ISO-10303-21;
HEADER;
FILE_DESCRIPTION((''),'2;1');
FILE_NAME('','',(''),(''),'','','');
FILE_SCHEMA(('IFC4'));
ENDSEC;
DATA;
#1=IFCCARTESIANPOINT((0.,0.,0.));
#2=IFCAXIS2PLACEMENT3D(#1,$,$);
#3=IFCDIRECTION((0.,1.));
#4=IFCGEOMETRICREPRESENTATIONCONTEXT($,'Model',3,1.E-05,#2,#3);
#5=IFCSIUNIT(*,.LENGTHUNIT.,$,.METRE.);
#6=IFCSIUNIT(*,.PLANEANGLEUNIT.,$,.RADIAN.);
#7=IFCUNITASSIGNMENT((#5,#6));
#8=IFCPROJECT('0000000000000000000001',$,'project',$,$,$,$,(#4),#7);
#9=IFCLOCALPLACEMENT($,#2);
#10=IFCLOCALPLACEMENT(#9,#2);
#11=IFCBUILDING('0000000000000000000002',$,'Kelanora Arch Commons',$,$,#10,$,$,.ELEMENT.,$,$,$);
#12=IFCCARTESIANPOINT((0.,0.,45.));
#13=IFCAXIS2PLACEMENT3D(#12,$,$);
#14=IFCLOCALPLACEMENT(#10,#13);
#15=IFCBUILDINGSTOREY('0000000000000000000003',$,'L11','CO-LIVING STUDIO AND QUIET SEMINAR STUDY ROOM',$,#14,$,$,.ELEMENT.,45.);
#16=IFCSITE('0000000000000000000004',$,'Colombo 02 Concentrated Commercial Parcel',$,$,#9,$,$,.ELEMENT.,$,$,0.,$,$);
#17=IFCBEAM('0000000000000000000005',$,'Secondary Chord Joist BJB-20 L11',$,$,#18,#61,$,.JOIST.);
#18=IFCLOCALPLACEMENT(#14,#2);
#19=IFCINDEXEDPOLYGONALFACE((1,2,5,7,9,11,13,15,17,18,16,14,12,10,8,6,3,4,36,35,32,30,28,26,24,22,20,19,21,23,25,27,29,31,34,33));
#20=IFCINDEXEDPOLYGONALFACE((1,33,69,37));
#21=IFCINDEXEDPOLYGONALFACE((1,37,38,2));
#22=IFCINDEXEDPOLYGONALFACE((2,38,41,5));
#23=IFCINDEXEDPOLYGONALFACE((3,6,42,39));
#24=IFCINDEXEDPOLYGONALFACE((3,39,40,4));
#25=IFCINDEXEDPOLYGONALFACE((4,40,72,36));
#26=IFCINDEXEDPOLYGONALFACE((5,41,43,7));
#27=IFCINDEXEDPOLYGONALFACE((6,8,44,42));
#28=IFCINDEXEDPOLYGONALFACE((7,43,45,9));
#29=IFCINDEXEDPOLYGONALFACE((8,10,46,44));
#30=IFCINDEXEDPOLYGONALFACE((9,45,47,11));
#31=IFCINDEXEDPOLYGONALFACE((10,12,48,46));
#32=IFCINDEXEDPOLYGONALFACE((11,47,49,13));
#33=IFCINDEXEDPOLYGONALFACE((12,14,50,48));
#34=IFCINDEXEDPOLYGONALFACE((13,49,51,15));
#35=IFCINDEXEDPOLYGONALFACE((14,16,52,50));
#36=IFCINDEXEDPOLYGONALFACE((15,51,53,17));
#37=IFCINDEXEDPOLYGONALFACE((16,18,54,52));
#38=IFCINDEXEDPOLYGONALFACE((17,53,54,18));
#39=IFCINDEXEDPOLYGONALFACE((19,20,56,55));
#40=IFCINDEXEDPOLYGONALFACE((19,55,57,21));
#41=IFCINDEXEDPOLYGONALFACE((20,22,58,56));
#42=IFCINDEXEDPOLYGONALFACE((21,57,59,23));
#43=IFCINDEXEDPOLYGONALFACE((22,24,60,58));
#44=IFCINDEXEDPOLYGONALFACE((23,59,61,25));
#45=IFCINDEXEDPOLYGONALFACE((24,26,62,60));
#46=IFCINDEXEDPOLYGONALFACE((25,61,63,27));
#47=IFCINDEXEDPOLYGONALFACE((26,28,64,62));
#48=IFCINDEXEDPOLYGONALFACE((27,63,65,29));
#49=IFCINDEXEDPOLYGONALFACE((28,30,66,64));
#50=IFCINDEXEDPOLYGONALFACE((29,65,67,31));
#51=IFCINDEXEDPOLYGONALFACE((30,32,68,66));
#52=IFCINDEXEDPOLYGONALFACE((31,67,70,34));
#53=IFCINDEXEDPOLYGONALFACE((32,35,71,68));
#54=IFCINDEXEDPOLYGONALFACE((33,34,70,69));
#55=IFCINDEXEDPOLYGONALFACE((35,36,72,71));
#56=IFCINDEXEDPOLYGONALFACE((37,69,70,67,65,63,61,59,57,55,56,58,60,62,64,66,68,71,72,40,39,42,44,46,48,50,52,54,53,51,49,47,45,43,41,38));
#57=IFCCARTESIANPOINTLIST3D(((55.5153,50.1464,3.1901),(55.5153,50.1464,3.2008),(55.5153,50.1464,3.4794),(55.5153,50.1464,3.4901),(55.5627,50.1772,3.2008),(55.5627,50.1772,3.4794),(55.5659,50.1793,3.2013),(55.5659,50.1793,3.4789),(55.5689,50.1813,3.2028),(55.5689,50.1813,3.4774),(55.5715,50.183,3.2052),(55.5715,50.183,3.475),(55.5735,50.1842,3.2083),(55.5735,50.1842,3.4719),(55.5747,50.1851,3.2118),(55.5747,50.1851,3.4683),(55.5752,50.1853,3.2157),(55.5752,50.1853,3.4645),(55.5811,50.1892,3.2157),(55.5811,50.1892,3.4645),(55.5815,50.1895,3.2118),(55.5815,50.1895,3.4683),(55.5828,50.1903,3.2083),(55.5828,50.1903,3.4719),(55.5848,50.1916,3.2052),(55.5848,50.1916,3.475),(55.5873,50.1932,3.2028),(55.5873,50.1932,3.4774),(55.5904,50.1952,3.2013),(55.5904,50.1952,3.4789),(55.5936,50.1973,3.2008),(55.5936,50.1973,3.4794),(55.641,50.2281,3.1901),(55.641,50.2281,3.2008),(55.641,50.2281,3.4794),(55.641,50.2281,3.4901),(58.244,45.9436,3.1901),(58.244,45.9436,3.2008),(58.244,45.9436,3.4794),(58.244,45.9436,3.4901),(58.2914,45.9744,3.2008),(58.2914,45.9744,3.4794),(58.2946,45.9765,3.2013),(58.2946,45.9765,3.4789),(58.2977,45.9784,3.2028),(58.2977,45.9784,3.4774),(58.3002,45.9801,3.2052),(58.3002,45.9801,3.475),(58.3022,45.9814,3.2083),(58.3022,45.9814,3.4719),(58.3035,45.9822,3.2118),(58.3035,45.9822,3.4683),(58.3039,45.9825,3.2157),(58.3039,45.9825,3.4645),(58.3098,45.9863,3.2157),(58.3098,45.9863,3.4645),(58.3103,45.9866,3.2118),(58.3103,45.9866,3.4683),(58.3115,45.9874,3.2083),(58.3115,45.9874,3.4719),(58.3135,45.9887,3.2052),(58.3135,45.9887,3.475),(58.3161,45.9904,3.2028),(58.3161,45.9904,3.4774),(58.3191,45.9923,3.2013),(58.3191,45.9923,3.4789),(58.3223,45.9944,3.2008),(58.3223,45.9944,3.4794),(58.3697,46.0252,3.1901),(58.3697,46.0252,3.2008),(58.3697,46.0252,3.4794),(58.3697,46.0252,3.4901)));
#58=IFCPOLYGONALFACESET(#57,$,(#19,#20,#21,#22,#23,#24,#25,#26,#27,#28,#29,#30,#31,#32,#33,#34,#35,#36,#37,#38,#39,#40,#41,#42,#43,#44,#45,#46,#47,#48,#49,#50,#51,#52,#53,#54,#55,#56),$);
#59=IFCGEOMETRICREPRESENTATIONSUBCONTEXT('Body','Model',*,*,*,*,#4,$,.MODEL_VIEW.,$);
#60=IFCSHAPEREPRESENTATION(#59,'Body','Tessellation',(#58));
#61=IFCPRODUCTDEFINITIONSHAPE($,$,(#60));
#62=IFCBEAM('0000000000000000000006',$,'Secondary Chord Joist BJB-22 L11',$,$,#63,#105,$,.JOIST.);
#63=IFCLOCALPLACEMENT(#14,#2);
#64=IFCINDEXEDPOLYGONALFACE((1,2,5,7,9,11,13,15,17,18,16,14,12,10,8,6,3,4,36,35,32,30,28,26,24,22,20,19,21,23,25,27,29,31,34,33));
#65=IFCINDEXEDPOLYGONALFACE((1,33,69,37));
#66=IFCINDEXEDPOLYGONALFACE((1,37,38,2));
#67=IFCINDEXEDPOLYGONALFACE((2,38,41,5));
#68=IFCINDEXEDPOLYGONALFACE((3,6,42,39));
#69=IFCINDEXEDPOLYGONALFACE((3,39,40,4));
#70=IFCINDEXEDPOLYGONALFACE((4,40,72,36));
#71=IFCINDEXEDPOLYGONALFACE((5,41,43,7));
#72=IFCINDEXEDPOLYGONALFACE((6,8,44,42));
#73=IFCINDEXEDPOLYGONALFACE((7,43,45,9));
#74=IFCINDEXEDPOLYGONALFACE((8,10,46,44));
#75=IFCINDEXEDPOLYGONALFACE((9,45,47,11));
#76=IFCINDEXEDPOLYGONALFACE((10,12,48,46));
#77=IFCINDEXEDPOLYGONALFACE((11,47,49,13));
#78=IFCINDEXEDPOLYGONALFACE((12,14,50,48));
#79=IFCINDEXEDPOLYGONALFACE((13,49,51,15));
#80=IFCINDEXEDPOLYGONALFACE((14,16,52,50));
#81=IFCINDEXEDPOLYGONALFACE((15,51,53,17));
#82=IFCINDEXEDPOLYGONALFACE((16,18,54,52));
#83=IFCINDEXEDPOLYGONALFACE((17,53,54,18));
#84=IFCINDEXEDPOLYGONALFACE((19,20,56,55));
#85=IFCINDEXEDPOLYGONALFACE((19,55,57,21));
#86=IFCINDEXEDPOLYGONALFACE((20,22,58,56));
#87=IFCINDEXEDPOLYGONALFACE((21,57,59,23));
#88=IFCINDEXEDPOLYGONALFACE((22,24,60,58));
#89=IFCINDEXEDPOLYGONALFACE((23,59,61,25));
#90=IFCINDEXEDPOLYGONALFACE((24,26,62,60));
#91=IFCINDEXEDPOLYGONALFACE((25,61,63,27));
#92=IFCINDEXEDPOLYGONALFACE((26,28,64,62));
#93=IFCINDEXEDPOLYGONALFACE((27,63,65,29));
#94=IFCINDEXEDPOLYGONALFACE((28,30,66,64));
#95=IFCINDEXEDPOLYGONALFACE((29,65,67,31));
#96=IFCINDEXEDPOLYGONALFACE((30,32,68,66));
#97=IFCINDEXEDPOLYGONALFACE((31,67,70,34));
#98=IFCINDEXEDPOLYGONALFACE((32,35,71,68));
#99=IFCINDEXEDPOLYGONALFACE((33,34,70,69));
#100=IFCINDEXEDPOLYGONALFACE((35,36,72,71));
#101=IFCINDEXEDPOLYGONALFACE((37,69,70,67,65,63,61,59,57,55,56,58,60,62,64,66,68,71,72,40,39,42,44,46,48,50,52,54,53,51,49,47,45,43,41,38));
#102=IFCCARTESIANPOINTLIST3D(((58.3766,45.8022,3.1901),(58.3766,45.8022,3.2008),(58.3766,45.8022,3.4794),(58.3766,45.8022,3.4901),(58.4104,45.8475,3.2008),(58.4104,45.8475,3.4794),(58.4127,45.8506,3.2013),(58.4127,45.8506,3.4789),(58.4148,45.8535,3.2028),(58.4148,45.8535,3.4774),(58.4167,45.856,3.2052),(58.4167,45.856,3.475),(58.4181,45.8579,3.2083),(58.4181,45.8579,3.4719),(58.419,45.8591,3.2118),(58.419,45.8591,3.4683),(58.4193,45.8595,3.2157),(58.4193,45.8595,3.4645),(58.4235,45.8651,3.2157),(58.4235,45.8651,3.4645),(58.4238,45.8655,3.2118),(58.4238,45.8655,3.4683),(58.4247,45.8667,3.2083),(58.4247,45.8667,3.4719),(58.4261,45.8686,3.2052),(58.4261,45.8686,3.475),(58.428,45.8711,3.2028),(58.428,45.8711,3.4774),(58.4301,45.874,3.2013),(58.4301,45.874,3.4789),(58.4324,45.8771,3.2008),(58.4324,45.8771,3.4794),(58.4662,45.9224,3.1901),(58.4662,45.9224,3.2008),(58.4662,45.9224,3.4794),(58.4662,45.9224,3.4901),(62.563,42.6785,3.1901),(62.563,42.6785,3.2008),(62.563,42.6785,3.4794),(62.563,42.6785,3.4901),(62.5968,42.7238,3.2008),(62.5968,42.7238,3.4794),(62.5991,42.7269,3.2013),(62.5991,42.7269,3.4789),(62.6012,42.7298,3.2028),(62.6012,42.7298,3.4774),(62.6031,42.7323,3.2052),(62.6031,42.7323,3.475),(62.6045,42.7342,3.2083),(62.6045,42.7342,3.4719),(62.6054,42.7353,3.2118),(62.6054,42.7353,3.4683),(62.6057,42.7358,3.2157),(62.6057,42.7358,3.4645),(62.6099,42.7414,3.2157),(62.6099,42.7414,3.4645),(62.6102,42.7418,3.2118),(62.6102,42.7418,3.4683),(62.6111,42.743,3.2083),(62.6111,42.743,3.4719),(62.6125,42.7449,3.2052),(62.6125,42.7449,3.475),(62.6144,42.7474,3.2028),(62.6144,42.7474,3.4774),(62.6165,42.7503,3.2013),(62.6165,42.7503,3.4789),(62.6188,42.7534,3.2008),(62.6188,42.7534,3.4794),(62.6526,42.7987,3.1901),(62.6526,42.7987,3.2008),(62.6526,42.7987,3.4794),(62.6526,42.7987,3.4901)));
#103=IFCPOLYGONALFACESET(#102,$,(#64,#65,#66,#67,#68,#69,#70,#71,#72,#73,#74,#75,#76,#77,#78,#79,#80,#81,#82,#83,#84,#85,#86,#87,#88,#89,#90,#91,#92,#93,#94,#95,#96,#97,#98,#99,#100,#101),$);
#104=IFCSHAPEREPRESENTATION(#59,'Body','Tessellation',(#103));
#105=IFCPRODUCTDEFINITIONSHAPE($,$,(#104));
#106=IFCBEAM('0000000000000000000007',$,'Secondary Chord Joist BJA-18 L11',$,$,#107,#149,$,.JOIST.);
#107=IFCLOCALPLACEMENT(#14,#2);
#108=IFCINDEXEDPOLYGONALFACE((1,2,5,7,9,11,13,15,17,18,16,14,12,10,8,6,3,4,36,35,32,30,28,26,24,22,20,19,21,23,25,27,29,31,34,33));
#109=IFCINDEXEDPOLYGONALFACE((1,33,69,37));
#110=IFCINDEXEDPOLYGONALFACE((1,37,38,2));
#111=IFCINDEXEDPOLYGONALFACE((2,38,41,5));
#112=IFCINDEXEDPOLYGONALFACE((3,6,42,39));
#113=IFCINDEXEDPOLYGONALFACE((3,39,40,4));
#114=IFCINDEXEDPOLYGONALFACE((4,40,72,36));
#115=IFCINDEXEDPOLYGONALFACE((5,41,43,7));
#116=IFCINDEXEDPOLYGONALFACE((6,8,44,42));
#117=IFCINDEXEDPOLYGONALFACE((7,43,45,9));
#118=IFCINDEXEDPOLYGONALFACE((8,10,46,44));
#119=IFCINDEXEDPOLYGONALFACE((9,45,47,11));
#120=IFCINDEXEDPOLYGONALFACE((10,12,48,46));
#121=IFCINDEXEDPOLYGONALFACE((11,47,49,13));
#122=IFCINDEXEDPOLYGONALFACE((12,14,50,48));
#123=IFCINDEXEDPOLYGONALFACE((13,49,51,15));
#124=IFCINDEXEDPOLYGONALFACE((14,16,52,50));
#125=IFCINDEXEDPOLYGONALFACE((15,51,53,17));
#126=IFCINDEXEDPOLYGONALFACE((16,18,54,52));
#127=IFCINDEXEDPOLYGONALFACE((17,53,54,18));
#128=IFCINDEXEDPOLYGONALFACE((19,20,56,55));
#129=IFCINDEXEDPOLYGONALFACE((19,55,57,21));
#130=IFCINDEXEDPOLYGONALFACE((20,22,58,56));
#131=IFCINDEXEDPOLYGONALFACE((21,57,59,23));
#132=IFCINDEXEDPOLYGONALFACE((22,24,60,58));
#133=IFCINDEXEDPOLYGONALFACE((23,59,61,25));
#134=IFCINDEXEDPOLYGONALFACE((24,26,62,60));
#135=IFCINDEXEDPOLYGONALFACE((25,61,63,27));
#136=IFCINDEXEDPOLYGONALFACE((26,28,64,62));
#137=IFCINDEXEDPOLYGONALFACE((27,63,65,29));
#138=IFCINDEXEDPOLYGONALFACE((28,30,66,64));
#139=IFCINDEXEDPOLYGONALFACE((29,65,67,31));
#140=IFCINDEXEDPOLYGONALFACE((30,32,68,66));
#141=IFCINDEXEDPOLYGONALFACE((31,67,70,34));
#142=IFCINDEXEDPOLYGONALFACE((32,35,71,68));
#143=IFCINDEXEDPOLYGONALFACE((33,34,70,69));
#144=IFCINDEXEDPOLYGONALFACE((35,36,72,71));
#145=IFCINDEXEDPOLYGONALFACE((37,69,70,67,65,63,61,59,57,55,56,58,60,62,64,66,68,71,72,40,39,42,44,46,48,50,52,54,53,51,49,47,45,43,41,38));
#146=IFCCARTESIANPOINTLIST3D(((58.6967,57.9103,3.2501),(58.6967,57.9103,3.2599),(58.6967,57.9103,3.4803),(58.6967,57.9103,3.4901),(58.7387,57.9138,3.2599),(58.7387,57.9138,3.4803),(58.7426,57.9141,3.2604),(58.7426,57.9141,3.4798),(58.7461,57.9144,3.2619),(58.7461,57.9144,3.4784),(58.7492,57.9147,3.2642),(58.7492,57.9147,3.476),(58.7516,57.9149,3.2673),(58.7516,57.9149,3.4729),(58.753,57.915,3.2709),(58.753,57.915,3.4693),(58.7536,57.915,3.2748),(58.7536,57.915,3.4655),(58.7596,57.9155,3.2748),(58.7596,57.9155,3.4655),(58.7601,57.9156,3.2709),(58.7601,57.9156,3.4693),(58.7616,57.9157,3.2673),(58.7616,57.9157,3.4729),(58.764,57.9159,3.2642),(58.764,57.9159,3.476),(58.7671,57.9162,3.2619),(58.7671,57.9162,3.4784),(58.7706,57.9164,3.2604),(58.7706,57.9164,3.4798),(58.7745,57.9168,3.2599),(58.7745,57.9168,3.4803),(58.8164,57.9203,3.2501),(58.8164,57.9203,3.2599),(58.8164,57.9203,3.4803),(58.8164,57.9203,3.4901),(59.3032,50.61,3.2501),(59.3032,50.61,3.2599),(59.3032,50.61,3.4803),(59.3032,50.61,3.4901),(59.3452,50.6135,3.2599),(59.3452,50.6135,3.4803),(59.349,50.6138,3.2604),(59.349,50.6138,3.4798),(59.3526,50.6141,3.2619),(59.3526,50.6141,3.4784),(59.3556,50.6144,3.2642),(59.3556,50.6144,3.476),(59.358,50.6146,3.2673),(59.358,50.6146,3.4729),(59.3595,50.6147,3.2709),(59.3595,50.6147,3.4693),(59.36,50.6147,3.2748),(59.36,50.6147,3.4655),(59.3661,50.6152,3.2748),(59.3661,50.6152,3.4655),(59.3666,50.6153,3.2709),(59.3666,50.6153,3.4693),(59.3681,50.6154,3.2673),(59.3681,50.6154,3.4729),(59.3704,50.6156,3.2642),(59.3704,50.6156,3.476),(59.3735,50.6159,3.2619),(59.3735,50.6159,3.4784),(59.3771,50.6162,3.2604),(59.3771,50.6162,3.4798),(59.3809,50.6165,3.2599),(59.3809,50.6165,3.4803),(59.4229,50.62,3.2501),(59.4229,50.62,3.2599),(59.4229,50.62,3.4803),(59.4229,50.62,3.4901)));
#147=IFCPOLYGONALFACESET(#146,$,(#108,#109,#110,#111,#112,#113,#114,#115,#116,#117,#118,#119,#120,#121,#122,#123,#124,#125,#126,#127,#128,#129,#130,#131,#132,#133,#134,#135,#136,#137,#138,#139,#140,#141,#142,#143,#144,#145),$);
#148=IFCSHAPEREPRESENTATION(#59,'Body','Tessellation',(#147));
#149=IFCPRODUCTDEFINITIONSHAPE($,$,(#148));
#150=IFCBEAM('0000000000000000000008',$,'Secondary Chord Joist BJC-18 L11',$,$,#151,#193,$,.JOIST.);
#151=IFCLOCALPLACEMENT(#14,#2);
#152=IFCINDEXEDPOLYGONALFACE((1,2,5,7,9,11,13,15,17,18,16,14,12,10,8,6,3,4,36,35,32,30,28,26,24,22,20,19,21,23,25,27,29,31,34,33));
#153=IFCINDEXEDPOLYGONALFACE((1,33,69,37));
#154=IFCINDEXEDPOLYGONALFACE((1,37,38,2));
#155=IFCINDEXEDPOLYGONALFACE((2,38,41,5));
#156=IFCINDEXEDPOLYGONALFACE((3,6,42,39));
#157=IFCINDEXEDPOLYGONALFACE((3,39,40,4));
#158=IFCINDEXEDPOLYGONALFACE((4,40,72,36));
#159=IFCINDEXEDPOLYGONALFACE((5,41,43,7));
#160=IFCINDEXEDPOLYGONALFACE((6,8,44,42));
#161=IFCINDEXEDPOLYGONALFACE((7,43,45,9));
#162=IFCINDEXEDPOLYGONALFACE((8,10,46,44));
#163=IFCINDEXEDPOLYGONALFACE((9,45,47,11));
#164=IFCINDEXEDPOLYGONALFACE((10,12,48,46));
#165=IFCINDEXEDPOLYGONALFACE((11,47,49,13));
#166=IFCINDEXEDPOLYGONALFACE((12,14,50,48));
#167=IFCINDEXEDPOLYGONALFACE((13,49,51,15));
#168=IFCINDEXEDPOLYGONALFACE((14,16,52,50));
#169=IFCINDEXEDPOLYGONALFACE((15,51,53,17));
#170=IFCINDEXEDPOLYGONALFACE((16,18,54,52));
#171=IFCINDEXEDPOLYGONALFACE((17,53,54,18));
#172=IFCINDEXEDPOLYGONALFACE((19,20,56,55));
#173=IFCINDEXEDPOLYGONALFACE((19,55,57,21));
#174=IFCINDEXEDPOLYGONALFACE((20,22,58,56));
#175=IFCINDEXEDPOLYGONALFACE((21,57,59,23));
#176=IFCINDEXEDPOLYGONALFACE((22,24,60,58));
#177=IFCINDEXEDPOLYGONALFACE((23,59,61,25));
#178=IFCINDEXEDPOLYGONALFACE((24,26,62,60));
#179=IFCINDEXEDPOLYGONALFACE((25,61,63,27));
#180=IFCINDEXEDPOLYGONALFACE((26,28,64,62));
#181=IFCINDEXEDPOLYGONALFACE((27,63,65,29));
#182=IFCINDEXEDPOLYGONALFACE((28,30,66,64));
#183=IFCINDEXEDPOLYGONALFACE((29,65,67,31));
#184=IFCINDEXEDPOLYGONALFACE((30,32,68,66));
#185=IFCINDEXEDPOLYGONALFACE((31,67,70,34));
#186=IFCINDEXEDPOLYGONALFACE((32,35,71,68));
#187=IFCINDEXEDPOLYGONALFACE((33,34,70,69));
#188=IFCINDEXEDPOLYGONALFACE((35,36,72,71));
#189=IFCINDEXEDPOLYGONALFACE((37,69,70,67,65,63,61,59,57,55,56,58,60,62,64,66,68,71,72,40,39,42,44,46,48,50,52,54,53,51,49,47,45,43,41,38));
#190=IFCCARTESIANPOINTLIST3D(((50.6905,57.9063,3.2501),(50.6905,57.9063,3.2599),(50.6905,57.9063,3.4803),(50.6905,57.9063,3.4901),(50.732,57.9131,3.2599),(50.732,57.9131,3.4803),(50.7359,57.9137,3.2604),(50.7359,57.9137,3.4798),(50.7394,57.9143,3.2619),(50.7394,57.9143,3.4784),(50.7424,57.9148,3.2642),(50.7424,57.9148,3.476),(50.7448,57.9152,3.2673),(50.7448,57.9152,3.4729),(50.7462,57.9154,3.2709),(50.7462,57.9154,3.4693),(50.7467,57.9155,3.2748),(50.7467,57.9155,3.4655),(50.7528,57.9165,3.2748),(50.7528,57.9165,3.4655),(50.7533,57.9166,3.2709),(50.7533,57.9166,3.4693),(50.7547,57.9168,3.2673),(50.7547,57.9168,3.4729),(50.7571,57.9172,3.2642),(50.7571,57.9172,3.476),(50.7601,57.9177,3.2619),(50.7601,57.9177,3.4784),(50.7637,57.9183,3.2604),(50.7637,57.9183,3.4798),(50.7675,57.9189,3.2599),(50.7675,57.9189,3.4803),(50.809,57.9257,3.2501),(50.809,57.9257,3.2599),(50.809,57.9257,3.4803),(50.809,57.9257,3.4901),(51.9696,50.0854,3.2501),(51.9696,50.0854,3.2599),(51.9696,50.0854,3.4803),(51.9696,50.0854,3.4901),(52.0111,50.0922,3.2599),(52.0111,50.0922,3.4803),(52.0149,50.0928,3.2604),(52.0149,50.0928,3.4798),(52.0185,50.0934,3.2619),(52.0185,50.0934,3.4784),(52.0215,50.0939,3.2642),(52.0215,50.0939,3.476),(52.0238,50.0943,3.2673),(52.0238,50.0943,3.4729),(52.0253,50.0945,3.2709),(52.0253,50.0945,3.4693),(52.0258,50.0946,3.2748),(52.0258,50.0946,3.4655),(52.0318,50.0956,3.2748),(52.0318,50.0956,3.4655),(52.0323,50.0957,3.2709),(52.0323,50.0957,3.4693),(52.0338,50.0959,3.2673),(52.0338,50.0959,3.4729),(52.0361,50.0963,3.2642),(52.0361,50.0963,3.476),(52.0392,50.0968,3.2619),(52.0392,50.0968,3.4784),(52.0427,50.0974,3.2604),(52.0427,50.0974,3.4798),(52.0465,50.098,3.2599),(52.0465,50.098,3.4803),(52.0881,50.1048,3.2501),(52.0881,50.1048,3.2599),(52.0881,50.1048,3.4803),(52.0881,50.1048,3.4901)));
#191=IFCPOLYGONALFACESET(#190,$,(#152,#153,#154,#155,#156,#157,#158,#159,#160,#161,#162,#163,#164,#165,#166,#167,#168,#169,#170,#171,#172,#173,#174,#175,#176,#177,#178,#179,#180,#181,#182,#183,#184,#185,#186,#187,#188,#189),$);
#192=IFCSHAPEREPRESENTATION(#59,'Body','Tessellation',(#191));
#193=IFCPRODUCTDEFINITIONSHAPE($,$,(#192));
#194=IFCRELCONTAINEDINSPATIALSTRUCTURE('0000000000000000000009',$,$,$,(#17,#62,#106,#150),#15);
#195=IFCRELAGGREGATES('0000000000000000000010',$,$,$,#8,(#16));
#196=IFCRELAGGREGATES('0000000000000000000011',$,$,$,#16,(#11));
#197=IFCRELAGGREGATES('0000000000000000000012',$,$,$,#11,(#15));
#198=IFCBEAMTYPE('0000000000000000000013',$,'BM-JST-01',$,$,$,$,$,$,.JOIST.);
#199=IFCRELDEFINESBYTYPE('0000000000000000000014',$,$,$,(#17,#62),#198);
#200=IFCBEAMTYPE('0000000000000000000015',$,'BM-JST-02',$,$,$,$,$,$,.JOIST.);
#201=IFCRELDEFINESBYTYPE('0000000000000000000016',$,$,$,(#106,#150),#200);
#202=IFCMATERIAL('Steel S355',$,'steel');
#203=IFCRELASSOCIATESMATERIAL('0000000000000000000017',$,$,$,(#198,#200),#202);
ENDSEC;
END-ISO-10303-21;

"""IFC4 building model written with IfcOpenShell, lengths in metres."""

from ifc_helpers import new_model, si_unit, direction, frame, origin, origin_2d, place, context, subcontext, project, spatial, i_section, extrude, material, material_profile, profile_set, type_object, element, save


model = new_model("IFC4")

# Units and contexts
model_context = context("Model", 3, precision=1e-05, world=origin(), true_north=direction((0.0, 1.0)))
body_context = subcontext(model_context, "Body", "Model", "MODEL_VIEW")
ifc_project = project(units=[si_unit("LENGTHUNIT", "METRE"), si_unit("PLANEANGLEUNIT", "RADIAN")], contexts=[model_context])

# Site, building, storey
site_placement = place(None, origin())
site = spatial("IfcSite", under=ifc_project, at=site_placement, Name="Colombo 02 Concentrated Commercial Parcel", CompositionType="ELEMENT", RefElevation=0.0)
building_placement = place(site_placement, origin())
building = spatial("IfcBuilding", under=site, at=building_placement, Name="Kelanora Arch Commons", CompositionType="ELEMENT")
storey_placement = place(building_placement, frame((0.0, 0.0, 45.0)))
storey = spatial("IfcBuildingStorey", under=building, at=storey_placement, Name="L11", Description="CO-LIVING STUDIO AND QUIET SEMINAR STUDY ROOM", CompositionType="ELEMENT", Elevation=45.0)

# Beams
ifc_material_1 = material(Name="Steel S355", Category="steel")
ifc_material_profile_1 = material_profile(ifc_material_1, i_section(OverallWidth=0.1499, OverallDepth=0.3, WebThickness=0.0071, FlangeThickness=0.0107, FilletRadius=0.0149, at=origin_2d()), Name="IPE300")
ifc_profile_set_1 = profile_set([ifc_material_profile_1], Name="Steel S355")
beam_type_1 = type_object("IfcBeamType", Name="BM-JST-01", PredefinedType="JOIST", material=ifc_profile_set_1)
beam_1_placement = place(storey_placement, frame((55.5781, 50.1873, 3.3401), z_axis=(0.544552, -0.838727, 0.0), x_axis=(0.838727, 0.544552, 0.0)))
element("IfcBeam", 1, at=beam_1_placement, inside=storey, type_object=beam_type_1, Name="Secondary Chord Joist BJB-20 L11", PredefinedType="JOIST", context=body_context, shape_type="SweptSolid", body=[
    extrude(i_section(OverallWidth=0.1499, OverallDepth=0.3, WebThickness=0.0071, FlangeThickness=0.0107, FilletRadius=0.0149, at=origin_2d()), origin(), (0.0, 0.0, 1.0), 5.011),
])
beam_2_placement = place(storey_placement, frame((58.4214, 45.8623, 3.3401), z_axis=(0.801478, -0.598024, 0.0), x_axis=(0.598024, 0.801478, 0.0)))
element("IfcBeam", 2, at=beam_2_placement, inside=storey, type_object=beam_type_1, Name="Secondary Chord Joist BJB-22 L11", PredefinedType="JOIST", context=body_context, shape_type="SweptSolid", body=[
    extrude(i_section(OverallWidth=0.1499, OverallDepth=0.3, WebThickness=0.0071, FlangeThickness=0.0107, FilletRadius=0.0149, at=origin_2d()), origin(), (0.0, 0.0, 1.0), 5.2234),
])
ifc_material_profile_2 = material_profile(ifc_material_1, i_section(OverallWidth=0.1201, OverallDepth=0.24, WebThickness=0.0061, FlangeThickness=0.0098, FilletRadius=0.0149, at=origin_2d()), Name="IPE240")
ifc_profile_set_2 = profile_set([ifc_material_profile_2], Name="Steel S355")
beam_type_2 = type_object("IfcBeamType", Name="BM-JST-02", PredefinedType="JOIST", material=ifc_profile_set_2)
beam_3_placement = place(storey_placement, frame((58.7566, 57.9153, 3.3701), z_axis=(0.082786, -0.996567, 0.0), x_axis=(0.996567, 0.082786, 0.0)))
element("IfcBeam", 3, at=beam_3_placement, inside=storey, type_object=beam_type_2, Name="Secondary Chord Joist BJA-18 L11", PredefinedType="JOIST", context=body_context, shape_type="SweptSolid", body=[
    extrude(i_section(OverallWidth=0.1201, OverallDepth=0.24, WebThickness=0.0061, FlangeThickness=0.0098, FilletRadius=0.0149, at=origin_2d()), origin(), (0.0, 0.0, 1.0), 7.3254),
])
beam_4_placement = place(storey_placement, frame((50.7498, 57.916, 3.3701), z_axis=(0.161401, -0.986889, 0.0), x_axis=(0.986889, 0.161401, 0.0)))
element("IfcBeam", 4, at=beam_4_placement, inside=storey, type_object=beam_type_2, Name="Secondary Chord Joist BJC-18 L11", PredefinedType="JOIST", context=body_context, shape_type="SweptSolid", body=[
    extrude(i_section(OverallWidth=0.1201, OverallDepth=0.24, WebThickness=0.0061, FlangeThickness=0.0098, FilletRadius=0.0149, at=origin_2d()), origin(), (0.0, 0.0, 1.0), 7.9248),
])

save(model, "model.ifc")
